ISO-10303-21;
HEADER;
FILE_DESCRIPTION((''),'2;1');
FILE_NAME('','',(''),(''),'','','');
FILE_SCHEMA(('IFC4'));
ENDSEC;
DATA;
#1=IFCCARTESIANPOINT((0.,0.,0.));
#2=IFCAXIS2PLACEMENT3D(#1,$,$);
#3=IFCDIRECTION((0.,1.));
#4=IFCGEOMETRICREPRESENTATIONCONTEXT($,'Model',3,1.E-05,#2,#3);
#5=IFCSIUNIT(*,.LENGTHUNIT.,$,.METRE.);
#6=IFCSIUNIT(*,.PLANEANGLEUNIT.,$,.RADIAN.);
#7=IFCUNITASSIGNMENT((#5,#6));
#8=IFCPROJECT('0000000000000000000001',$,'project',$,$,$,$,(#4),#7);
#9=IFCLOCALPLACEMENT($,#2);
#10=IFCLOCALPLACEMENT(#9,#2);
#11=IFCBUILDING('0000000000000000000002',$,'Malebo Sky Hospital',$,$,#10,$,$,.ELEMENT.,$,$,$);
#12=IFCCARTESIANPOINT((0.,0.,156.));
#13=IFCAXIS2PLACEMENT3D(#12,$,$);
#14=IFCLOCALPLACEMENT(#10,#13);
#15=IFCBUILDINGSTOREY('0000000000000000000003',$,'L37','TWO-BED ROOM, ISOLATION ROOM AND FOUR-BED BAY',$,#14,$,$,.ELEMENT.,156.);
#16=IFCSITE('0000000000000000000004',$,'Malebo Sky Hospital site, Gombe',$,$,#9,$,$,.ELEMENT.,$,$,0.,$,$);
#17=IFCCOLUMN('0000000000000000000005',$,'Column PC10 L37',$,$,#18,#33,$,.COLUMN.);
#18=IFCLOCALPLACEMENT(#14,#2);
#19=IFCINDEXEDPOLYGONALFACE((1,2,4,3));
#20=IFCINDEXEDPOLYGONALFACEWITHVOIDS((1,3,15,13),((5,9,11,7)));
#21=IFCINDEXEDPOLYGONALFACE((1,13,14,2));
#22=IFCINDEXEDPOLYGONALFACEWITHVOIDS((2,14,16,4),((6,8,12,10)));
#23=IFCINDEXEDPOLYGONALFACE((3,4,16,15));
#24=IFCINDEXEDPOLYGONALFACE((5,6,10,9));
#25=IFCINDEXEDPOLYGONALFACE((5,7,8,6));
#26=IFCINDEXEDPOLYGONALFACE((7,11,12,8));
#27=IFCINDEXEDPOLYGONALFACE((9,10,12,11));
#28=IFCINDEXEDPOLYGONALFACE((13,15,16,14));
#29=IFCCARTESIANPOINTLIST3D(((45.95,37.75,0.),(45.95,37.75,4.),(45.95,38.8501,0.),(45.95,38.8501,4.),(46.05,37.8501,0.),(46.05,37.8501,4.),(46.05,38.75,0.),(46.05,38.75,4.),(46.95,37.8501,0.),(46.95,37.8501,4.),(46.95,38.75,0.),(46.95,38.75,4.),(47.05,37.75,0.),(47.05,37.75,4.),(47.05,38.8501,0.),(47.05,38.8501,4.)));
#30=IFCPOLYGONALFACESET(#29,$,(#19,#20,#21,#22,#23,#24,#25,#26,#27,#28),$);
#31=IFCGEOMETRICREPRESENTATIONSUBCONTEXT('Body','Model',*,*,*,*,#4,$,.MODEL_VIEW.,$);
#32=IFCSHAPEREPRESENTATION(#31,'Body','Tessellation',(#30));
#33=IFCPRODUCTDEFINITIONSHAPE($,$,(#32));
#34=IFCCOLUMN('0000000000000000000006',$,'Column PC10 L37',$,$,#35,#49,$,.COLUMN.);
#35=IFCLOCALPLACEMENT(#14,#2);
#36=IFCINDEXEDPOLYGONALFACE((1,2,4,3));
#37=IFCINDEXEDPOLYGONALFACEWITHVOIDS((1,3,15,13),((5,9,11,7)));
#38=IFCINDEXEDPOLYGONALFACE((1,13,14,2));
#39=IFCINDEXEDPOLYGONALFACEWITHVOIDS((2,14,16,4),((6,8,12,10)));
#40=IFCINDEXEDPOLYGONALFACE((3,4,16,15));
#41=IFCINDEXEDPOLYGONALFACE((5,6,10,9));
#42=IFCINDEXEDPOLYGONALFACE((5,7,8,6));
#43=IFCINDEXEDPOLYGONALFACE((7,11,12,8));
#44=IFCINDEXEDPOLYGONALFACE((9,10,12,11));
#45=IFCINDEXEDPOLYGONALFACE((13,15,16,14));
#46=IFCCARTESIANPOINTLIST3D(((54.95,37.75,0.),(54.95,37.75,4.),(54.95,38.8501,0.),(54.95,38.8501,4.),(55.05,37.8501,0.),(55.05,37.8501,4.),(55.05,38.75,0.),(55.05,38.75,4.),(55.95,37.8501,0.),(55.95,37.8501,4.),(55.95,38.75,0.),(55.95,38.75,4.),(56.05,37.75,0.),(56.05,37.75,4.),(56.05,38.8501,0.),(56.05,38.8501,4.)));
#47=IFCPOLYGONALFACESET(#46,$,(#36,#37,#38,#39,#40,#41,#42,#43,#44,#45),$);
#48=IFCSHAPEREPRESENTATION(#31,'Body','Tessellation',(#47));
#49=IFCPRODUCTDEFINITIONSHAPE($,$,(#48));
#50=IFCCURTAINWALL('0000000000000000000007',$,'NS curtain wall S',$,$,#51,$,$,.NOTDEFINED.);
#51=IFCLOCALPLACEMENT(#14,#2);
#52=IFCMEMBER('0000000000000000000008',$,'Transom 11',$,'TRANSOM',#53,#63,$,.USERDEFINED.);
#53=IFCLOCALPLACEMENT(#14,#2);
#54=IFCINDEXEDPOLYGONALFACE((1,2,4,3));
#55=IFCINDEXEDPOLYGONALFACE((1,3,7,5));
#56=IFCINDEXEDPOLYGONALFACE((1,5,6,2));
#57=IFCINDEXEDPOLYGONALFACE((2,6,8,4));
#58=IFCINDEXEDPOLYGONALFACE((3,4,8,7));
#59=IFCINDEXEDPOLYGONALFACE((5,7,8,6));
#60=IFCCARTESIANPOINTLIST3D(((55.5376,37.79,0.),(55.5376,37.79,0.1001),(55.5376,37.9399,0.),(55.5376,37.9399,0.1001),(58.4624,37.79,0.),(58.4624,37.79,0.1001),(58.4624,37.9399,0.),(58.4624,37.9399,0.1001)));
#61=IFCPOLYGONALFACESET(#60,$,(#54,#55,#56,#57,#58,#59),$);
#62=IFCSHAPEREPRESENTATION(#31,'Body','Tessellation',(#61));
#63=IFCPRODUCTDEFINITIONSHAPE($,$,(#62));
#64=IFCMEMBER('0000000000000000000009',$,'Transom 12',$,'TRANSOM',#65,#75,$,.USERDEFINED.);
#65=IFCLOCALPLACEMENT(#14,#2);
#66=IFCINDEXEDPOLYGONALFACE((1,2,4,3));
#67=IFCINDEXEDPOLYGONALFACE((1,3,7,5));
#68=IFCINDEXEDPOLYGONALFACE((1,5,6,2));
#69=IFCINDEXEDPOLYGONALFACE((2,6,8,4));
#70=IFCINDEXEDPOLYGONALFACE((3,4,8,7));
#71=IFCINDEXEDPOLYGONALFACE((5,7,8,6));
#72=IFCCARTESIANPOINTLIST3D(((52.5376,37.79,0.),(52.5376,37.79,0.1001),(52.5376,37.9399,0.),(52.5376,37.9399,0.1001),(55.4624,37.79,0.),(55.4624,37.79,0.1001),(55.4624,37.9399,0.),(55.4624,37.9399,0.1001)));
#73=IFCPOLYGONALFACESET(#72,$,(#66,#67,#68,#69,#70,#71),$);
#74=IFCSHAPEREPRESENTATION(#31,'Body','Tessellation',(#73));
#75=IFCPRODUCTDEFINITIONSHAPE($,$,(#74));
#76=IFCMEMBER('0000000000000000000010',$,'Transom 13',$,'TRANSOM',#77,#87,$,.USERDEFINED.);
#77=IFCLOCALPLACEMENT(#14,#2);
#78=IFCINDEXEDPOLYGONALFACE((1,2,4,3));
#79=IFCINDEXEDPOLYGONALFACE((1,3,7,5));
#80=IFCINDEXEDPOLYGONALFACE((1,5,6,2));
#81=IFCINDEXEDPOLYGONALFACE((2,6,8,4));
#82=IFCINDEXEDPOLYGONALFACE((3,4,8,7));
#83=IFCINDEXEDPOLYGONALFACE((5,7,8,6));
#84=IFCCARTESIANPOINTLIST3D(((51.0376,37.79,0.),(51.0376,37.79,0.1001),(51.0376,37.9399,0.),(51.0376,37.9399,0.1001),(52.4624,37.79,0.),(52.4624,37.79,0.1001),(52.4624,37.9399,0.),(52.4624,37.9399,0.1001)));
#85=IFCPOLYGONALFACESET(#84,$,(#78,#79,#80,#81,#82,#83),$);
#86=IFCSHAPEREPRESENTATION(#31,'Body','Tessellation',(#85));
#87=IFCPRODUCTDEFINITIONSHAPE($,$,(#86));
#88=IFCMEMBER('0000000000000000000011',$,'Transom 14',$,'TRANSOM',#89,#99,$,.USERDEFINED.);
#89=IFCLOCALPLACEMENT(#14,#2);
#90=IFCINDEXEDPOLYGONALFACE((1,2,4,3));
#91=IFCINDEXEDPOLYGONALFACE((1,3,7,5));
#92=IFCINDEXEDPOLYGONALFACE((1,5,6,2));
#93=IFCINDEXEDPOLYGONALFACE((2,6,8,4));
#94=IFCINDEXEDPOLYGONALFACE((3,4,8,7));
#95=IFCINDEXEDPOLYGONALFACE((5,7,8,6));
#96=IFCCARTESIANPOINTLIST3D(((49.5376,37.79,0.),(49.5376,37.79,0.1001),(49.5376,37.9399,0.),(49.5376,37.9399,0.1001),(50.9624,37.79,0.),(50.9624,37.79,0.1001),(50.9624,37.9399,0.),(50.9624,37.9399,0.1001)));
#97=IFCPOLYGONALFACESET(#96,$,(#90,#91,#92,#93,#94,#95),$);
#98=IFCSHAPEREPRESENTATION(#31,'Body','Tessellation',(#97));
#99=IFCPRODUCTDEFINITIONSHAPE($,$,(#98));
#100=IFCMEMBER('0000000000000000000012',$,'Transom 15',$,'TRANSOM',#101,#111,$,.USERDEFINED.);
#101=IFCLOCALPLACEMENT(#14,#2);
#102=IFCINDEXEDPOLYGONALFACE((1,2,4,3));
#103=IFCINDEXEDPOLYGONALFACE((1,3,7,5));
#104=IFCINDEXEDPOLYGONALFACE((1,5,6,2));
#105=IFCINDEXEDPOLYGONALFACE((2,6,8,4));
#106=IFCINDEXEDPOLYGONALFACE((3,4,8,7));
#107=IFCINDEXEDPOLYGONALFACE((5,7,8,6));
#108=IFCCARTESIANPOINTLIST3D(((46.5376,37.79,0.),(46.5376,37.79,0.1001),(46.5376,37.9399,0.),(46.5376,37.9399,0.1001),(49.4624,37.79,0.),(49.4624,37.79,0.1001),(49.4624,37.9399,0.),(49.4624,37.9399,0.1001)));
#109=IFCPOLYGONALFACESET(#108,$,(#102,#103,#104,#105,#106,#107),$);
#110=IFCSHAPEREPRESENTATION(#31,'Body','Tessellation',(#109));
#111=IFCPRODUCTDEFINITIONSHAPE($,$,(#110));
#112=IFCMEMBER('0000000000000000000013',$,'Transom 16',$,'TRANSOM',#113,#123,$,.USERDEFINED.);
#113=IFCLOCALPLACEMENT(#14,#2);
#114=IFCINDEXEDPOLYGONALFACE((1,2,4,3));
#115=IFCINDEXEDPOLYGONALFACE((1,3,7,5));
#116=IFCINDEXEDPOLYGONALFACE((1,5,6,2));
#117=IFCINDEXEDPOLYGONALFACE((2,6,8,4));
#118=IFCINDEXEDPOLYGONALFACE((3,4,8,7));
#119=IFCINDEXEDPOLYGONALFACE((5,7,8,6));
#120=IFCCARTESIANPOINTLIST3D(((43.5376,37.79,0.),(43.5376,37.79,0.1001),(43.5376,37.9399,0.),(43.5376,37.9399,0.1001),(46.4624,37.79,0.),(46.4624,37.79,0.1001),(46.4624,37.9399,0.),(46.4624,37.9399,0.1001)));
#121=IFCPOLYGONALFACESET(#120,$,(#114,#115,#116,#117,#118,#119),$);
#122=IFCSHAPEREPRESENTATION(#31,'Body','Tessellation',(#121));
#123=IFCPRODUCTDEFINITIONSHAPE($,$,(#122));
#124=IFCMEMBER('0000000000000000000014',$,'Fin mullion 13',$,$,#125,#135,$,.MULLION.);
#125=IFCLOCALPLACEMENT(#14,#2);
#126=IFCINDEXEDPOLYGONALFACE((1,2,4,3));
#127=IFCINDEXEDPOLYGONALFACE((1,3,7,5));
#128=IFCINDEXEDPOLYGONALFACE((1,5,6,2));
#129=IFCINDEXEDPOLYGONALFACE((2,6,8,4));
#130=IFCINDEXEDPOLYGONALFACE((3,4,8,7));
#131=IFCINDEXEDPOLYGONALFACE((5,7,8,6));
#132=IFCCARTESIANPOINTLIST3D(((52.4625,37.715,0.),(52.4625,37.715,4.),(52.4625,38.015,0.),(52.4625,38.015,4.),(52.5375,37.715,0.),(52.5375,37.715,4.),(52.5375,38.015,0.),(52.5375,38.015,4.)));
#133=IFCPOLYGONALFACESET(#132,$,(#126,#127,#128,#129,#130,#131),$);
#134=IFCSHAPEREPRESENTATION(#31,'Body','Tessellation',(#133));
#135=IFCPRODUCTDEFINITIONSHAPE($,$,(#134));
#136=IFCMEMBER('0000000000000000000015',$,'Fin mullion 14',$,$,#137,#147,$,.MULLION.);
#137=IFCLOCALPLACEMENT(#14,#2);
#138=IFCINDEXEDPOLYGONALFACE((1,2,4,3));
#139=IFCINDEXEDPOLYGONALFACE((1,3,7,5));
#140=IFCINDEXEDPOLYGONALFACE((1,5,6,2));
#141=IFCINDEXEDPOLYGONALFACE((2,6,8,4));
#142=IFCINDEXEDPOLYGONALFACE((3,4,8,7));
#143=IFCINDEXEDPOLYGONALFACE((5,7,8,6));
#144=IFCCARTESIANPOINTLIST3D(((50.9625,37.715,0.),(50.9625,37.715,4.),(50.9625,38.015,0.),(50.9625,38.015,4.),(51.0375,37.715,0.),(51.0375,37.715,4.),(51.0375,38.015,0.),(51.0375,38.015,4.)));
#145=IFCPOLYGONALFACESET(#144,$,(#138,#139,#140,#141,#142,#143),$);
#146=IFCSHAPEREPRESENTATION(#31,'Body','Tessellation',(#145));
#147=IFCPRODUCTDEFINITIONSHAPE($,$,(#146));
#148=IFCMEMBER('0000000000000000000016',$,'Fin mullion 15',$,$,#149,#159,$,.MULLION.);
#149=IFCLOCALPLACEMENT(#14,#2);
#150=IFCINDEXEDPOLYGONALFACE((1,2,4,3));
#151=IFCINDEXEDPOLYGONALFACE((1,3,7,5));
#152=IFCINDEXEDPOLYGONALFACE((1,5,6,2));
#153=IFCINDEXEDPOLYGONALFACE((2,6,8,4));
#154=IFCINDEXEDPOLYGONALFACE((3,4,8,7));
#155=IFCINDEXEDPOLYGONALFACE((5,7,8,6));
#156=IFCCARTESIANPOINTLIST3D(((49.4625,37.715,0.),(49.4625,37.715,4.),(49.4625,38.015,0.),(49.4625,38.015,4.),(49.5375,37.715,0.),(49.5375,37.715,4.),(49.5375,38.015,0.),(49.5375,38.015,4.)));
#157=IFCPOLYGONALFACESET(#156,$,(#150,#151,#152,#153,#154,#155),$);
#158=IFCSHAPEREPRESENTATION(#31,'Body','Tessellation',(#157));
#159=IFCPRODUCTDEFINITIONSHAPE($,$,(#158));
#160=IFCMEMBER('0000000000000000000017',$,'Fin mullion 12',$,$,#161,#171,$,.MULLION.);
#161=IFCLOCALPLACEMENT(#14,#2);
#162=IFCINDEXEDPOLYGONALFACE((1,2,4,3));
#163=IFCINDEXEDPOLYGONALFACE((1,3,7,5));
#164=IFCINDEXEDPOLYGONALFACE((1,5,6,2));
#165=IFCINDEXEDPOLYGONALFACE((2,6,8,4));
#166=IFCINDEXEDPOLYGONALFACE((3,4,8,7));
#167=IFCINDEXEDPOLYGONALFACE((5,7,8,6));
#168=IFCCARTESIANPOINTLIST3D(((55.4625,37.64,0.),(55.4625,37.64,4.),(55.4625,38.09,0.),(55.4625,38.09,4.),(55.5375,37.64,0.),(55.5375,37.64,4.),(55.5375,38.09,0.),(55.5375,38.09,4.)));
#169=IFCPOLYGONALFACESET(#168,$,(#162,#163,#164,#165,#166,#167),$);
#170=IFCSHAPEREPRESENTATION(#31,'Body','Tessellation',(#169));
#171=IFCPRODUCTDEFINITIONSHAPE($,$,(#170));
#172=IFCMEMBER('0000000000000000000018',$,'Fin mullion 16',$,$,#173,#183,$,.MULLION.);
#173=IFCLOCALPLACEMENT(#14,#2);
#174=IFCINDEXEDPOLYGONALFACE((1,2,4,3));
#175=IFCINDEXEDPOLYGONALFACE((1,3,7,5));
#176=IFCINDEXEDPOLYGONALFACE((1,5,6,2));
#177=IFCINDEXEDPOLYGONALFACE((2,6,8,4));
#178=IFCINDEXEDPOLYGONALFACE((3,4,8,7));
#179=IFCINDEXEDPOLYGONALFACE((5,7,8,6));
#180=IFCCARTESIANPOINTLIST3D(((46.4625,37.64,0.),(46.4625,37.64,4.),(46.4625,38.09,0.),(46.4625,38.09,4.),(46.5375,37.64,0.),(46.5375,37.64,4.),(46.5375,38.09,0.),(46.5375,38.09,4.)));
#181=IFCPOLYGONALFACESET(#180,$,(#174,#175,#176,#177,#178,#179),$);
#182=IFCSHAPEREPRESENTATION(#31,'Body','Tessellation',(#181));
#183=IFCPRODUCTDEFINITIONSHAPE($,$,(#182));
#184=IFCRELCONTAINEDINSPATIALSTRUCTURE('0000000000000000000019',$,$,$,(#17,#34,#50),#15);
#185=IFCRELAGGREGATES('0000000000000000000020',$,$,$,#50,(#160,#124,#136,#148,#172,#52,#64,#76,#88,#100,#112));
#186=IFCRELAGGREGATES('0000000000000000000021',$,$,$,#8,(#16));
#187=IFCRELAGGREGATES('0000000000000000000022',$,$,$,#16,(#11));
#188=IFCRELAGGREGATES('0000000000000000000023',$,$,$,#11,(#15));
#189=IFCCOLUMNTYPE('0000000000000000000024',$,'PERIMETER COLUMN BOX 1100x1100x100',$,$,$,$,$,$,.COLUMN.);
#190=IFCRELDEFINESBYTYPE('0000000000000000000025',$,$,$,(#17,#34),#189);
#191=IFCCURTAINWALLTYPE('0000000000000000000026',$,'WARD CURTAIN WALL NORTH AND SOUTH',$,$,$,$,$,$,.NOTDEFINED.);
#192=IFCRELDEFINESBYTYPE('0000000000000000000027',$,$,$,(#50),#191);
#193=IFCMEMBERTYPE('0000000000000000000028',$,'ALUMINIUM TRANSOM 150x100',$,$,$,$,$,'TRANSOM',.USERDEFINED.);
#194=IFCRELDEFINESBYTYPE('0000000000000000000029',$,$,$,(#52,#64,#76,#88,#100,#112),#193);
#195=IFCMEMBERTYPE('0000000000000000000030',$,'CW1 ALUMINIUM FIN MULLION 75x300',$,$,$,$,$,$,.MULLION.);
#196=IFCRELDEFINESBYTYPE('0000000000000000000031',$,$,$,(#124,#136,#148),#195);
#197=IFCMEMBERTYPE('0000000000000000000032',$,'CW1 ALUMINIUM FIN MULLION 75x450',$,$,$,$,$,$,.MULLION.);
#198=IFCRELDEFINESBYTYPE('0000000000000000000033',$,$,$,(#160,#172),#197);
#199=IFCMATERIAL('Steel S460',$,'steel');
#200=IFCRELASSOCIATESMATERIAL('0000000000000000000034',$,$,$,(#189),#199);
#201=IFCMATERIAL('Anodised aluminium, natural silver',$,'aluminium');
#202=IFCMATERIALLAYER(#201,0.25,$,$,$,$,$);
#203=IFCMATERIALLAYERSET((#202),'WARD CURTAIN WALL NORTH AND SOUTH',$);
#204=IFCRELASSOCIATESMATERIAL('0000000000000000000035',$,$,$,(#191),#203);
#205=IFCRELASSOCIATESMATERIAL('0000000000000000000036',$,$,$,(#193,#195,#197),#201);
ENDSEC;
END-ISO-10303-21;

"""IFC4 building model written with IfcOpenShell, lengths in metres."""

from ifc_helpers import new_model, si_unit, direction, frame, origin, origin_2d, place, context, subcontext, project, spatial, rectangle, hollow_rectangle, extrude, material, layer, layer_set, material_profile, profile_set, type_object, element, aggregate, save


model = new_model("IFC4")

# Units and contexts
model_context = context("Model", 3, precision=1e-05, world=origin(), true_north=direction((0.0, 1.0)))
body_context = subcontext(model_context, "Body", "Model", "MODEL_VIEW")
ifc_project = project(units=[si_unit("LENGTHUNIT", "METRE"), si_unit("PLANEANGLEUNIT", "RADIAN")], contexts=[model_context])

# Site, building, storey
site_placement = place(None, origin())
site = spatial("IfcSite", under=ifc_project, at=site_placement, Name="Malebo Sky Hospital site, Gombe", CompositionType="ELEMENT", RefElevation=0.0)
building_placement = place(site_placement, origin())
building = spatial("IfcBuilding", under=site, at=building_placement, Name="Malebo Sky Hospital", CompositionType="ELEMENT")
storey_placement = place(building_placement, frame((0.0, 0.0, 156.0)))
storey = spatial("IfcBuildingStorey", under=building, at=storey_placement, Name="L37", Description="TWO-BED ROOM, ISOLATION ROOM AND FOUR-BED BAY", CompositionType="ELEMENT", Elevation=156.0)

# Columns
ifc_material_1 = material(Name="Steel S460", Category="steel")
ifc_material_profile_1 = material_profile(ifc_material_1, hollow_rectangle(XDim=1.1001, YDim=1.1001, WallThickness=0.1001, at=origin_2d()), Name="BOX 1100x1100x100")
ifc_profile_set_1 = profile_set([ifc_material_profile_1], Name="Steel S460")
column_type = type_object("IfcColumnType", Name="PERIMETER COLUMN BOX 1100x1100x100", PredefinedType="COLUMN", material=ifc_profile_set_1)
for number, where, z_axis, x_axis, name in (
    (1, (46.5, 38.3, 0.0), (0.0, 0.0, 1.0), (1.0, 0.0, 0.0), "Column PC10 L37"),
    (2, (55.5, 38.3, 0.0), (0.0, 0.0, 1.0), (1.0, 0.0, 0.0), "Column PC10 L37"),
):
    element("IfcColumn", number, at=place(storey_placement, frame(where, z_axis=z_axis, x_axis=x_axis)), inside=storey, type_object=column_type, Name=name, PredefinedType="COLUMN", context=body_context, shape_type="SweptSolid", body=[
        extrude(hollow_rectangle(XDim=1.1001, YDim=1.1001, WallThickness=0.1001, at=origin_2d()), origin(), (0.0, 0.0, 1.0), 4.0),
    ])

# Curtain wall, members
ifc_material_2 = material(Name="Anodised aluminium, natural silver", Category="aluminium")
ifc_layer_1 = layer(ifc_material_2, 0.25)
ifc_layer_set_1 = layer_set([ifc_layer_1], Name="WARD CURTAIN WALL NORTH AND SOUTH")
curtain_wall_type = type_object("IfcCurtainWallType", Name="WARD CURTAIN WALL NORTH AND SOUTH", PredefinedType="NOTDEFINED", material=ifc_layer_set_1)
curtain_wall_placement = place(storey_placement, origin())
curtain_wall = element("IfcCurtainWall", 3, at=curtain_wall_placement, inside=storey, type_object=curtain_wall_type, Name="NS curtain wall S", PredefinedType="NOTDEFINED")
ifc_material_profile_2 = material_profile(ifc_material_2, rectangle(XDim=0.1499, YDim=0.1001, at=origin_2d()), Name="ALUMINIUM TRANSOM 150x100")
ifc_profile_set_2 = profile_set([ifc_material_profile_2], Name="Anodised aluminium, natural silver")
member_type_1 = type_object("IfcMemberType", Name="ALUMINIUM TRANSOM 150x100", ElementType="TRANSOM", PredefinedType="USERDEFINED", material=ifc_profile_set_2)
member_1_placement = place(storey_placement, frame((58.4624, 37.865, 0.05), z_axis=(-1.0, 0.0, 0.0), x_axis=(0.0, -1.0, 0.0)))
member_1 = element("IfcMember", 4, at=member_1_placement, type_object=member_type_1, Name="Transom 11", ObjectType="TRANSOM", PredefinedType="USERDEFINED", context=body_context, shape_type="SweptSolid", body=[
    extrude(rectangle(XDim=0.1499, YDim=0.1001, at=origin_2d()), origin(), (0.0, 0.0, 1.0), 2.9248),
])
member_2_placement = place(storey_placement, frame((55.4624, 37.865, 0.05), z_axis=(-1.0, 0.0, 0.0), x_axis=(0.0, -1.0, 0.0)))
member_2 = element("IfcMember", 5, at=member_2_placement, type_object=member_type_1, Name="Transom 12", ObjectType="TRANSOM", PredefinedType="USERDEFINED", context=body_context, shape_type="SweptSolid", body=[
    extrude(rectangle(XDim=0.1499, YDim=0.1001, at=origin_2d()), origin(), (0.0, 0.0, 1.0), 2.9248),
])
member_3_placement = place(storey_placement, frame((52.4624, 37.865, 0.05), z_axis=(-1.0, 0.0, 0.0), x_axis=(0.0, -1.0, 0.0)))
member_3 = element("IfcMember", 6, at=member_3_placement, type_object=member_type_1, Name="Transom 13", ObjectType="TRANSOM", PredefinedType="USERDEFINED", context=body_context, shape_type="SweptSolid", body=[
    extrude(rectangle(XDim=0.1499, YDim=0.1001, at=origin_2d()), origin(), (0.0, 0.0, 1.0), 1.4248),
])
member_4_placement = place(storey_placement, frame((50.9624, 37.865, 0.05), z_axis=(-1.0, 0.0, 0.0), x_axis=(0.0, -1.0, 0.0)))
member_4 = element("IfcMember", 7, at=member_4_placement, type_object=member_type_1, Name="Transom 14", ObjectType="TRANSOM", PredefinedType="USERDEFINED", context=body_context, shape_type="SweptSolid", body=[
    extrude(rectangle(XDim=0.1499, YDim=0.1001, at=origin_2d()), origin(), (0.0, 0.0, 1.0), 1.4248),
])
member_5_placement = place(storey_placement, frame((49.4624, 37.865, 0.05), z_axis=(-1.0, 0.0, 0.0), x_axis=(0.0, -1.0, 0.0)))
member_5 = element("IfcMember", 8, at=member_5_placement, type_object=member_type_1, Name="Transom 15", ObjectType="TRANSOM", PredefinedType="USERDEFINED", context=body_context, shape_type="SweptSolid", body=[
    extrude(rectangle(XDim=0.1499, YDim=0.1001, at=origin_2d()), origin(), (0.0, 0.0, 1.0), 2.9248),
])
member_6_placement = place(storey_placement, frame((46.4624, 37.865, 0.05), z_axis=(-1.0, 0.0, 0.0), x_axis=(0.0, -1.0, 0.0)))
member_6 = element("IfcMember", 9, at=member_6_placement, type_object=member_type_1, Name="Transom 16", ObjectType="TRANSOM", PredefinedType="USERDEFINED", context=body_context, shape_type="SweptSolid", body=[
    extrude(rectangle(XDim=0.1499, YDim=0.1001, at=origin_2d()), origin(), (0.0, 0.0, 1.0), 2.9248),
])
ifc_material_profile_3 = material_profile(ifc_material_2, rectangle(XDim=0.075, YDim=0.3, at=origin_2d()), Name="CW1 ALUMINIUM FIN MULLION 75x300")
ifc_profile_set_3 = profile_set([ifc_material_profile_3], Name="Anodised aluminium, natural silver")
member_type_2 = type_object("IfcMemberType", Name="CW1 ALUMINIUM FIN MULLION 75x300", PredefinedType="MULLION", material=ifc_profile_set_3)
member_7_placement = place(storey_placement, frame((52.5, 37.865, 0.0), z_axis=(0.0, 0.0, 1.0), x_axis=(-1.0, 0.0, 0.0)))
member_7 = element("IfcMember", 10, at=member_7_placement, type_object=member_type_2, Name="Fin mullion 13", PredefinedType="MULLION", context=body_context, shape_type="SweptSolid", body=[
    extrude(rectangle(XDim=0.075, YDim=0.3, at=origin_2d()), origin(), (0.0, 0.0, 1.0), 4.0),
])
member_8_placement = place(storey_placement, frame((51.0, 37.865, 0.0), z_axis=(0.0, 0.0, 1.0), x_axis=(-1.0, 0.0, 0.0)))
member_8 = element("IfcMember", 11, at=member_8_placement, type_object=member_type_2, Name="Fin mullion 14", PredefinedType="MULLION", context=body_context, shape_type="SweptSolid", body=[
    extrude(rectangle(XDim=0.075, YDim=0.3, at=origin_2d()), origin(), (0.0, 0.0, 1.0), 4.0),
])
member_9_placement = place(storey_placement, frame((49.5, 37.865, 0.0), z_axis=(0.0, 0.0, 1.0), x_axis=(-1.0, 0.0, 0.0)))
member_9 = element("IfcMember", 12, at=member_9_placement, type_object=member_type_2, Name="Fin mullion 15", PredefinedType="MULLION", context=body_context, shape_type="SweptSolid", body=[
    extrude(rectangle(XDim=0.075, YDim=0.3, at=origin_2d()), origin(), (0.0, 0.0, 1.0), 4.0),
])
ifc_material_profile_4 = material_profile(ifc_material_2, rectangle(XDim=0.075, YDim=0.45, at=origin_2d()), Name="CW1 ALUMINIUM FIN MULLION 75x450")
ifc_profile_set_4 = profile_set([ifc_material_profile_4], Name="Anodised aluminium, natural silver")
member_type_3 = type_object("IfcMemberType", Name="CW1 ALUMINIUM FIN MULLION 75x450", PredefinedType="MULLION", material=ifc_profile_set_4)
member_10_placement = place(storey_placement, frame((55.5, 37.865, 0.0), z_axis=(0.0, 0.0, 1.0), x_axis=(-1.0, 0.0, 0.0)))
member_10 = element("IfcMember", 13, at=member_10_placement, type_object=member_type_3, Name="Fin mullion 12", PredefinedType="MULLION", context=body_context, shape_type="SweptSolid", body=[
    extrude(rectangle(XDim=0.075, YDim=0.45, at=origin_2d()), origin(), (0.0, 0.0, 1.0), 4.0),
])
member_11_placement = place(storey_placement, frame((46.5, 37.865, 0.0), z_axis=(0.0, 0.0, 1.0), x_axis=(-1.0, 0.0, 0.0)))
member_11 = element("IfcMember", 14, at=member_11_placement, type_object=member_type_3, Name="Fin mullion 16", PredefinedType="MULLION", context=body_context, shape_type="SweptSolid", body=[
    extrude(rectangle(XDim=0.075, YDim=0.45, at=origin_2d()), origin(), (0.0, 0.0, 1.0), 4.0),
])

aggregate(curtain_wall, [member_10, member_7, member_8, member_9, member_11, member_1, member_2, member_3, member_4, member_5, member_6])

save(model, "model.ifc")
